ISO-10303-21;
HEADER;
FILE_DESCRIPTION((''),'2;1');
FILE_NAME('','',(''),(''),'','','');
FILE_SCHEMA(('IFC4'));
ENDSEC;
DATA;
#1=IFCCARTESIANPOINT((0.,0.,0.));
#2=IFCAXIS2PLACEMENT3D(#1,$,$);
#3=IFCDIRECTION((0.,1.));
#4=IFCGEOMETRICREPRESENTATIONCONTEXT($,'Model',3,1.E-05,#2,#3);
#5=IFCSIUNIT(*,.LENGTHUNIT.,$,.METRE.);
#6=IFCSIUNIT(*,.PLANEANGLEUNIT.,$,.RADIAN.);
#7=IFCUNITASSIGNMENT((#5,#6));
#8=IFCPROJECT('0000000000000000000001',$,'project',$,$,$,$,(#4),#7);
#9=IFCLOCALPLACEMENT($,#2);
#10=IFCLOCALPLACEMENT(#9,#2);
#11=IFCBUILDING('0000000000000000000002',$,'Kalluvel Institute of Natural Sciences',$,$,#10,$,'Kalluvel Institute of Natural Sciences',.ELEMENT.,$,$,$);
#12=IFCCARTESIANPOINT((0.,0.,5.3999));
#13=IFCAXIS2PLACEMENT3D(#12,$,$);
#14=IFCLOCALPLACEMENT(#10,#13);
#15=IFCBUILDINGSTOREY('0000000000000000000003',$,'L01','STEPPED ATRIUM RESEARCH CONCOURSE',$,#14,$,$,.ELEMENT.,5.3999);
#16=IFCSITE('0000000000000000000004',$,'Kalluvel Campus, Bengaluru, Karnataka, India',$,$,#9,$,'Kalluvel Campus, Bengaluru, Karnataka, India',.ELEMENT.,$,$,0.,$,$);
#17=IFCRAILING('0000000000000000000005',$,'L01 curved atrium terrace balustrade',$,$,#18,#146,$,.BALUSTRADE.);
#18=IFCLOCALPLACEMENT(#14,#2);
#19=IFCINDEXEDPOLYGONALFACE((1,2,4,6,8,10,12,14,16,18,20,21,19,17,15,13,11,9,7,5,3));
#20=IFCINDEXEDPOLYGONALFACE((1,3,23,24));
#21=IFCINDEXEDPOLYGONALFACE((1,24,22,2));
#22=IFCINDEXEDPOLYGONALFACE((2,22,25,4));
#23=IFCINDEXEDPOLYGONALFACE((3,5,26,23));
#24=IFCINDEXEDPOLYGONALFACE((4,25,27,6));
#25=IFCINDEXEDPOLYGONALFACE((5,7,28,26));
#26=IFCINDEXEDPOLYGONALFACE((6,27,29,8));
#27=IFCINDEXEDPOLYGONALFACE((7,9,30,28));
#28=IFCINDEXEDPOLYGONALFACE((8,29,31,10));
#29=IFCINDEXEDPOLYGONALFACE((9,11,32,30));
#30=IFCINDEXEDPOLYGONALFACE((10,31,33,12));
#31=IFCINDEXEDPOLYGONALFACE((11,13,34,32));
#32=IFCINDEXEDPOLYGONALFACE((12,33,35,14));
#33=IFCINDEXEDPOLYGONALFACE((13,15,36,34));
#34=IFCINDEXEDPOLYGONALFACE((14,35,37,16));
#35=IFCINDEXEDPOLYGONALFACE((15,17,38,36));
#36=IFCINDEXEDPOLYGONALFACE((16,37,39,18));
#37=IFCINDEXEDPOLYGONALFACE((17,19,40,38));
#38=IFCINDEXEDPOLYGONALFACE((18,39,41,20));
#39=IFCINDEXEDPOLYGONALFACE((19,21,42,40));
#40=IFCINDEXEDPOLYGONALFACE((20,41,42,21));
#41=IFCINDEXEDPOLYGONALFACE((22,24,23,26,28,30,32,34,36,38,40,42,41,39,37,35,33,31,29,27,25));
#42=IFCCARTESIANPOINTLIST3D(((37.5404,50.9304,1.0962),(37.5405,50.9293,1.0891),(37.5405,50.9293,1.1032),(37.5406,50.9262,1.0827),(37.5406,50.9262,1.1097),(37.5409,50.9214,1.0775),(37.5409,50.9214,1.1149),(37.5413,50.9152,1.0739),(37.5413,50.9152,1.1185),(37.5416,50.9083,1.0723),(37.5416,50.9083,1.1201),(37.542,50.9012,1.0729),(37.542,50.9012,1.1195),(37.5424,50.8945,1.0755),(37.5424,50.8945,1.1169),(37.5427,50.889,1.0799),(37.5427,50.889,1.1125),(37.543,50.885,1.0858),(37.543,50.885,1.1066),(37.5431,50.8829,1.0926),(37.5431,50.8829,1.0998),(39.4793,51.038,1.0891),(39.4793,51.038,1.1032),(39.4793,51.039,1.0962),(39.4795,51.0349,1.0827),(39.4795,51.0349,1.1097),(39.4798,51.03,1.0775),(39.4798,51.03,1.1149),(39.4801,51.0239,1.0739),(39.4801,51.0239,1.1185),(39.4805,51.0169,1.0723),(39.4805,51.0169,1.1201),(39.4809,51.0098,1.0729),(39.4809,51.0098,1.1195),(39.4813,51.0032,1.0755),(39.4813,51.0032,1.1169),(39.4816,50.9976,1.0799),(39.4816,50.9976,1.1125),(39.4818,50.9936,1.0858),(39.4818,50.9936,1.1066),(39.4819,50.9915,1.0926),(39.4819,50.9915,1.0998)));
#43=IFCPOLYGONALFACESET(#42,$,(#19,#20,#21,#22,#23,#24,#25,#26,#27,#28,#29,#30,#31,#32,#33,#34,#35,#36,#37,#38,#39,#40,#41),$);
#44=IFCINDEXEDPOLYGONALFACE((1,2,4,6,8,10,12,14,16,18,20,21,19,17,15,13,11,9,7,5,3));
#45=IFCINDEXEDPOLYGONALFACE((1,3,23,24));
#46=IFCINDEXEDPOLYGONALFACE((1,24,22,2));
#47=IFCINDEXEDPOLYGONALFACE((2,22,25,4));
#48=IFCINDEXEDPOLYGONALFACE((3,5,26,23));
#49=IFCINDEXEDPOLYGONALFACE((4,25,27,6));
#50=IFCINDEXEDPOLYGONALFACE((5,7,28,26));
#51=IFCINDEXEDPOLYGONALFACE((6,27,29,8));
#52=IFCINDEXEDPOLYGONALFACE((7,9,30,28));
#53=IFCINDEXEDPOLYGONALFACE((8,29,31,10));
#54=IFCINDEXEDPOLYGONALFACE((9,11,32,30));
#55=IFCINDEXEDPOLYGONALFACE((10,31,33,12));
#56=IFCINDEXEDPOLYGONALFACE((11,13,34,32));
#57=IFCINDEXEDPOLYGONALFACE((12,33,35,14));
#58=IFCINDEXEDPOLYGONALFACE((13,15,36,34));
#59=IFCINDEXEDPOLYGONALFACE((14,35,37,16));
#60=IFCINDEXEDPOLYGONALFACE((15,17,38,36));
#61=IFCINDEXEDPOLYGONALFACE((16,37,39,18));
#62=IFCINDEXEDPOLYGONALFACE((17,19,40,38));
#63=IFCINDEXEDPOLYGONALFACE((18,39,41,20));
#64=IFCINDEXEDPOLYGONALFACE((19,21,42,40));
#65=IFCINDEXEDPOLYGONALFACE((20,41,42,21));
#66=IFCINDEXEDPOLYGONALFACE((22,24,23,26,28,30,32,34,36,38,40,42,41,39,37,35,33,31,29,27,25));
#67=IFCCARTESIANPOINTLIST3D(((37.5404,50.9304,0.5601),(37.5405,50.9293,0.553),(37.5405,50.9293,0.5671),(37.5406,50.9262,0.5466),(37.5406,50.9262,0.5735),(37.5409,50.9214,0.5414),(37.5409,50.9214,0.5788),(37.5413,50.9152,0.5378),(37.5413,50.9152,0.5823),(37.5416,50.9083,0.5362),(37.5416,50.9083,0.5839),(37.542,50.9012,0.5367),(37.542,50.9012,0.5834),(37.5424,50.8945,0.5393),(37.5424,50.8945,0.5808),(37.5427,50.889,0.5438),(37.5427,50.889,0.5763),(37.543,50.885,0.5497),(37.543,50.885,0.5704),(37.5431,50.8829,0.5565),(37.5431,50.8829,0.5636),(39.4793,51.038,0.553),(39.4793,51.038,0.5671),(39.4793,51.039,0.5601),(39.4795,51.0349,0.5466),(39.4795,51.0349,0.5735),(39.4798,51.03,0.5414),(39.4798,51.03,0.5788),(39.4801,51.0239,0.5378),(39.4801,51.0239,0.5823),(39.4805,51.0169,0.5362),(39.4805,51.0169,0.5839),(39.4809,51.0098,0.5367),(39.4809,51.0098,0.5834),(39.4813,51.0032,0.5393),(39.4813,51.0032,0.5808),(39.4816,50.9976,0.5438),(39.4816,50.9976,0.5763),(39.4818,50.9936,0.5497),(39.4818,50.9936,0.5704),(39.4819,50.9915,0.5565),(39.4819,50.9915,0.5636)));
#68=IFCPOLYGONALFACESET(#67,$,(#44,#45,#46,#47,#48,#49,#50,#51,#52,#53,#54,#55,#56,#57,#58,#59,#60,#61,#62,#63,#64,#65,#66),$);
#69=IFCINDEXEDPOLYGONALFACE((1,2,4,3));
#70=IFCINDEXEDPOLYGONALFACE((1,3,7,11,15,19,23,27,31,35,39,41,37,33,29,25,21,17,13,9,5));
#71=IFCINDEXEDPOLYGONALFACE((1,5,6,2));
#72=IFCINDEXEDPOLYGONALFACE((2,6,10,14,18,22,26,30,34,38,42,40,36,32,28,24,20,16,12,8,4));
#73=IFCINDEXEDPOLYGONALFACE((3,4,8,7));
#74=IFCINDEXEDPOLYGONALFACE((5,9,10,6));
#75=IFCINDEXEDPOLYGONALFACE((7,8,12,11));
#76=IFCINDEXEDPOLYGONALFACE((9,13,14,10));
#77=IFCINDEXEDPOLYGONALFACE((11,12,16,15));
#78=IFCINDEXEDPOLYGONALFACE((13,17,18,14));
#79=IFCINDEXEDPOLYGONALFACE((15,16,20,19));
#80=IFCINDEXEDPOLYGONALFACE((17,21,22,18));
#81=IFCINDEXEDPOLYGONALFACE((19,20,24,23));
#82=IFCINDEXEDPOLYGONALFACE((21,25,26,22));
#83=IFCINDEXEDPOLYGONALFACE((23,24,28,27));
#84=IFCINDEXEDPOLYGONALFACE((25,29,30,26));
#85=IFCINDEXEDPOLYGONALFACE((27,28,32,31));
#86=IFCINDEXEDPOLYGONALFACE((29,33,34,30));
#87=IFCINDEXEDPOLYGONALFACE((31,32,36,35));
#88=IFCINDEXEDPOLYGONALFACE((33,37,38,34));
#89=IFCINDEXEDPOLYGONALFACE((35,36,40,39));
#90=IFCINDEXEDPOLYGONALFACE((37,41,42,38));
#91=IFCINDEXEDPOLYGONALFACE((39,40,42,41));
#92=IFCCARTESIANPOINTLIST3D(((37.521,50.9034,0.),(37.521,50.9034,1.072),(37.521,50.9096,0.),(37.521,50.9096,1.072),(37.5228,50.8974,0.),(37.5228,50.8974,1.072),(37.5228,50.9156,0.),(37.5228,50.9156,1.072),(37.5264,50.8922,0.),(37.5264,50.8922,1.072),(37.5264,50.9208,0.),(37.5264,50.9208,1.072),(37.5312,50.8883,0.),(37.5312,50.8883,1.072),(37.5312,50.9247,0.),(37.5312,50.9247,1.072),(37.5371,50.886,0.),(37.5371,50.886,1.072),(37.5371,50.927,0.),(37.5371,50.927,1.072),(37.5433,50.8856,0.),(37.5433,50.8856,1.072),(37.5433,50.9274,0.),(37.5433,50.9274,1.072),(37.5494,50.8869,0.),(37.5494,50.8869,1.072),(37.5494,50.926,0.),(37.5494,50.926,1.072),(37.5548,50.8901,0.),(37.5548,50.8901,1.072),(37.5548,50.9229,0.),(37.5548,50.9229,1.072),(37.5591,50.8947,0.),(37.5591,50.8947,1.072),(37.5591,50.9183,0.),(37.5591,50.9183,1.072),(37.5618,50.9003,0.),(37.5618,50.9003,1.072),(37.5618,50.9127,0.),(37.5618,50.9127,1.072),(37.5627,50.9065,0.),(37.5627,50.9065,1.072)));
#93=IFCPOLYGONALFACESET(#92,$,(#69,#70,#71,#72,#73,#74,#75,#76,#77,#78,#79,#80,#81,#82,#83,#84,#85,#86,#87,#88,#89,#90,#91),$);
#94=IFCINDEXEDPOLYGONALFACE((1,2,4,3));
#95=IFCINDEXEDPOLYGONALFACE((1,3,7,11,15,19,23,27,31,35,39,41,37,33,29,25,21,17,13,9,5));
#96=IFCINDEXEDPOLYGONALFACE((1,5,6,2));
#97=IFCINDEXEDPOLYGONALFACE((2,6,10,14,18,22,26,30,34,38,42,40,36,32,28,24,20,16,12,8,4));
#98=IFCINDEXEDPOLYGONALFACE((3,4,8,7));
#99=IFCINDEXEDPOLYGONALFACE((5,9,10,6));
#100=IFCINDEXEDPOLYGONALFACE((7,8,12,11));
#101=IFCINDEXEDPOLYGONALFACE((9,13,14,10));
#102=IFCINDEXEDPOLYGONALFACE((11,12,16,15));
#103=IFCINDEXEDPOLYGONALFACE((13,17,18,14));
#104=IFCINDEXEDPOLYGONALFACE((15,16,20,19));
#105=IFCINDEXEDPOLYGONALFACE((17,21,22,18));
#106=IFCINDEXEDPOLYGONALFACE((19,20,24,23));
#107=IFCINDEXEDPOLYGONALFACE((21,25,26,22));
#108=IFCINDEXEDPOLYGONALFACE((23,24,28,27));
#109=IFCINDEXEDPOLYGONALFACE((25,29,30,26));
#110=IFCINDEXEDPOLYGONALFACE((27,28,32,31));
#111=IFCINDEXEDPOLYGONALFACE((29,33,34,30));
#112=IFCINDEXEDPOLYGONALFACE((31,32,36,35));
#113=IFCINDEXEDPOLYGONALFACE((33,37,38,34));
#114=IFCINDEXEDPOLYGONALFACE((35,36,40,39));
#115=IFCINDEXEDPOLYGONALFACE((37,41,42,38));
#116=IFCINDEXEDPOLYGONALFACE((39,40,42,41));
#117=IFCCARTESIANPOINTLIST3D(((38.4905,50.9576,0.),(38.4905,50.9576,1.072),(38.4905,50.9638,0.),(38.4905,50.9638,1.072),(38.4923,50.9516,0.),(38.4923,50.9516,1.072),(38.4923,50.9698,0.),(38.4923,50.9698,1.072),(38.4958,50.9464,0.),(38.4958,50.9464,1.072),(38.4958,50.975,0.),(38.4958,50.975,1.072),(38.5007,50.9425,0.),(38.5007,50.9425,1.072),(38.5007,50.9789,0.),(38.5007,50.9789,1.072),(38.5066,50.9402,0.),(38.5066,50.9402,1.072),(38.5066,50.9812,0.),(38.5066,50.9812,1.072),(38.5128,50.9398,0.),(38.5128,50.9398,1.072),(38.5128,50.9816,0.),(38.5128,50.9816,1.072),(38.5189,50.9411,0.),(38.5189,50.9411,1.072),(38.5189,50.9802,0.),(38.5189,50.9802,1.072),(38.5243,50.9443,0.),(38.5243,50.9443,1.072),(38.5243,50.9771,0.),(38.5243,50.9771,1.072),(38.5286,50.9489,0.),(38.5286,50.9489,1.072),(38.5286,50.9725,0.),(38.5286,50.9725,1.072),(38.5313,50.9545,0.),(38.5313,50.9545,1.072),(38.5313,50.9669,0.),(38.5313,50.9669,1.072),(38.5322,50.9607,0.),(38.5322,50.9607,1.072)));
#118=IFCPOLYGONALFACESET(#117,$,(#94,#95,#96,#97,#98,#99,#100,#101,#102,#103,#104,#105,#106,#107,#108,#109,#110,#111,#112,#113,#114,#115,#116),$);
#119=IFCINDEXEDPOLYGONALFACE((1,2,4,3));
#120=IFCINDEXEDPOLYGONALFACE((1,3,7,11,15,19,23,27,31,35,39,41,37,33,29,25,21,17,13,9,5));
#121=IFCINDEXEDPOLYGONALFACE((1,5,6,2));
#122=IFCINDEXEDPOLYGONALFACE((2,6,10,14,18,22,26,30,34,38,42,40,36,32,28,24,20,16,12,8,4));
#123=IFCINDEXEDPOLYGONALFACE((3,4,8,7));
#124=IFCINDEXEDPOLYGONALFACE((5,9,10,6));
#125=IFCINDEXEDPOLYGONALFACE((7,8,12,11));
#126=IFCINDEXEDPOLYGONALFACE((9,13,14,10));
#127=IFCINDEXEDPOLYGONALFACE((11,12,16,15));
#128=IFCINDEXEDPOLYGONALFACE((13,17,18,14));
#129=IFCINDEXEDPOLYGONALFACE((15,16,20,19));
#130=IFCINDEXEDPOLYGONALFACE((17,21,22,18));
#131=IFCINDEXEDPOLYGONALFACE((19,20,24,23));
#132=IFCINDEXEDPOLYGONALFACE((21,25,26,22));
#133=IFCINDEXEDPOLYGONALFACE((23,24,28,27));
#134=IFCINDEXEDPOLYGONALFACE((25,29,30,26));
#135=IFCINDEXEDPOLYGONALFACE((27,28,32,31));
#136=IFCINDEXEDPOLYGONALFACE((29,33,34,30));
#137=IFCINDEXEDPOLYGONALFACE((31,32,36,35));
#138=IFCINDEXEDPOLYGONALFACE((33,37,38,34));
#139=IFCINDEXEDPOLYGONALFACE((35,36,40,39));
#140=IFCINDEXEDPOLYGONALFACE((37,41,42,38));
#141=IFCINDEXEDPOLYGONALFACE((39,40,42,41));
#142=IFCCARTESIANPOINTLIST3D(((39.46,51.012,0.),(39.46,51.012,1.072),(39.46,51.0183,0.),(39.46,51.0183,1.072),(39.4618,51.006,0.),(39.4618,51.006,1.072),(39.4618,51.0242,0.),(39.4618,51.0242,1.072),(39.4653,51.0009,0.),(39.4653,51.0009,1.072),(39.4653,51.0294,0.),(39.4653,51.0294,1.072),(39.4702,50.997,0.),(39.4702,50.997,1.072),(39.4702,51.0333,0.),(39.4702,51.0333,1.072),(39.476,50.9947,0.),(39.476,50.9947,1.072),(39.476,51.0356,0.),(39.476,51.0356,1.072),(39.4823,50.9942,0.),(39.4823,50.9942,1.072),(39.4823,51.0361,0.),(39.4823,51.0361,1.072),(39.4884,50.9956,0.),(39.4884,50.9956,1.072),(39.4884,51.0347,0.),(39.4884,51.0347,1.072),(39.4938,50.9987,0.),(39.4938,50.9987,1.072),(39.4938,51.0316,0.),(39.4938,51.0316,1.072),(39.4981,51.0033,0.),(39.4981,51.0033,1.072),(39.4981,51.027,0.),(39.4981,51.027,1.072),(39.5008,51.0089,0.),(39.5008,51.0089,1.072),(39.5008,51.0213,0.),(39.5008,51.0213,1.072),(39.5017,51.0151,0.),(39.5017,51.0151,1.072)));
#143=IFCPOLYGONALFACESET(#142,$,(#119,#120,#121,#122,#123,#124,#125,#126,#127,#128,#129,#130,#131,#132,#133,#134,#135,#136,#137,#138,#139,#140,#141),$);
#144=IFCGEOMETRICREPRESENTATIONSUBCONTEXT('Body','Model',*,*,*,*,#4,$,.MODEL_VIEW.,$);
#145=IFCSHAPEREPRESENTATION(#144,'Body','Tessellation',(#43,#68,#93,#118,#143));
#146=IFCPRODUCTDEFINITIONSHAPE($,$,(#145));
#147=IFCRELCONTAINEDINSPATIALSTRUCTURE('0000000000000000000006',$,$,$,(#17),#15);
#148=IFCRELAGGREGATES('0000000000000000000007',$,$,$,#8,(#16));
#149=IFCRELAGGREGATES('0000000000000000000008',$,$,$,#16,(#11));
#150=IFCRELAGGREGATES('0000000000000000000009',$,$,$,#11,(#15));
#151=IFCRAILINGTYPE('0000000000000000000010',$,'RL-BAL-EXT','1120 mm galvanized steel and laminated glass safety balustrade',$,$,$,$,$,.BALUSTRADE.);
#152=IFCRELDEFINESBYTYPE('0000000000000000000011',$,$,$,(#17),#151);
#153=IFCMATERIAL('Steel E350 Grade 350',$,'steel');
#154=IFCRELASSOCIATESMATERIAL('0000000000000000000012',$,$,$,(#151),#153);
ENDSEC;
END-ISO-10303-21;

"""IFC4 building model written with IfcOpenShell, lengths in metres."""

from ifc_helpers import new_model, si_unit, direction, frame, origin, origin_2d, place, context, subcontext, project, spatial, circle, extrude, material, type_object, element, save


model = new_model("IFC4")

# Units and contexts
model_context = context("Model", 3, precision=1e-05, world=origin(), true_north=direction((0.0, 1.0)))
body_context = subcontext(model_context, "Body", "Model", "MODEL_VIEW")
ifc_project = project(units=[si_unit("LENGTHUNIT", "METRE"), si_unit("PLANEANGLEUNIT", "RADIAN")], contexts=[model_context])

# Site, building, storey
site_placement = place(None, origin())
site = spatial("IfcSite", under=ifc_project, at=site_placement, Name="Kalluvel Campus, Bengaluru, Karnataka, India", LongName="Kalluvel Campus, Bengaluru, Karnataka, India", CompositionType="ELEMENT", RefElevation=0.0)
building_placement = place(site_placement, origin())
building = spatial("IfcBuilding", under=site, at=building_placement, Name="Kalluvel Institute of Natural Sciences", LongName="Kalluvel Institute of Natural Sciences", CompositionType="ELEMENT")
storey_placement = place(building_placement, frame((0.0, 0.0, 5.3999)))
storey = spatial("IfcBuildingStorey", under=building, at=storey_placement, Name="L01", Description="STEPPED ATRIUM RESEARCH CONCOURSE", CompositionType="ELEMENT", Elevation=5.3999)

# Railing
ifc_material_1 = material(Name="Steel E350 Grade 350", Category="steel")
railing_type = type_object("IfcRailingType", Name="RL-BAL-EXT", Description="1120 mm galvanized steel and laminated glass safety balustrade", PredefinedType="BALUSTRADE", material=ifc_material_1)
railing_1_placement = place(storey_placement, frame((37.5417, 50.9065, 0.0)))
element("IfcRailing", 1, at=railing_1_placement, inside=storey, type_object=railing_type, Name="L01 curved atrium terrace balustrade", PredefinedType="BALUSTRADE", context=body_context, shape_type="SweptSolid", body=[
    extrude(circle(Radius=0.0239, at=origin_2d()), frame((0.0, 0.0, 1.0962), z_axis=(0.998434, 0.055943, 0.0), x_axis=(-0.055943, 0.998434, 0.0)), (0.0, 0.0, 1.0), 1.9419),
    extrude(circle(Radius=0.0239, at=origin_2d()), frame((0.0, 0.0, 0.5601), z_axis=(0.998434, 0.055943, 0.0), x_axis=(-0.055943, 0.998434, 0.0)), (0.0, 0.0, 1.0), 1.9419),
    extrude(circle(Radius=0.021, at=origin_2d()), origin(), (0.0, 0.0, 1.0), 1.072),
    extrude(circle(Radius=0.021, at=origin_2d()), frame((0.9695, 0.0542, 0.0)), (0.0, 0.0, 1.0), 1.072),
    extrude(circle(Radius=0.021, at=origin_2d()), frame((1.939, 0.1086, 0.0)), (0.0, 0.0, 1.0), 1.072),
])

save(model, "model.ifc")
